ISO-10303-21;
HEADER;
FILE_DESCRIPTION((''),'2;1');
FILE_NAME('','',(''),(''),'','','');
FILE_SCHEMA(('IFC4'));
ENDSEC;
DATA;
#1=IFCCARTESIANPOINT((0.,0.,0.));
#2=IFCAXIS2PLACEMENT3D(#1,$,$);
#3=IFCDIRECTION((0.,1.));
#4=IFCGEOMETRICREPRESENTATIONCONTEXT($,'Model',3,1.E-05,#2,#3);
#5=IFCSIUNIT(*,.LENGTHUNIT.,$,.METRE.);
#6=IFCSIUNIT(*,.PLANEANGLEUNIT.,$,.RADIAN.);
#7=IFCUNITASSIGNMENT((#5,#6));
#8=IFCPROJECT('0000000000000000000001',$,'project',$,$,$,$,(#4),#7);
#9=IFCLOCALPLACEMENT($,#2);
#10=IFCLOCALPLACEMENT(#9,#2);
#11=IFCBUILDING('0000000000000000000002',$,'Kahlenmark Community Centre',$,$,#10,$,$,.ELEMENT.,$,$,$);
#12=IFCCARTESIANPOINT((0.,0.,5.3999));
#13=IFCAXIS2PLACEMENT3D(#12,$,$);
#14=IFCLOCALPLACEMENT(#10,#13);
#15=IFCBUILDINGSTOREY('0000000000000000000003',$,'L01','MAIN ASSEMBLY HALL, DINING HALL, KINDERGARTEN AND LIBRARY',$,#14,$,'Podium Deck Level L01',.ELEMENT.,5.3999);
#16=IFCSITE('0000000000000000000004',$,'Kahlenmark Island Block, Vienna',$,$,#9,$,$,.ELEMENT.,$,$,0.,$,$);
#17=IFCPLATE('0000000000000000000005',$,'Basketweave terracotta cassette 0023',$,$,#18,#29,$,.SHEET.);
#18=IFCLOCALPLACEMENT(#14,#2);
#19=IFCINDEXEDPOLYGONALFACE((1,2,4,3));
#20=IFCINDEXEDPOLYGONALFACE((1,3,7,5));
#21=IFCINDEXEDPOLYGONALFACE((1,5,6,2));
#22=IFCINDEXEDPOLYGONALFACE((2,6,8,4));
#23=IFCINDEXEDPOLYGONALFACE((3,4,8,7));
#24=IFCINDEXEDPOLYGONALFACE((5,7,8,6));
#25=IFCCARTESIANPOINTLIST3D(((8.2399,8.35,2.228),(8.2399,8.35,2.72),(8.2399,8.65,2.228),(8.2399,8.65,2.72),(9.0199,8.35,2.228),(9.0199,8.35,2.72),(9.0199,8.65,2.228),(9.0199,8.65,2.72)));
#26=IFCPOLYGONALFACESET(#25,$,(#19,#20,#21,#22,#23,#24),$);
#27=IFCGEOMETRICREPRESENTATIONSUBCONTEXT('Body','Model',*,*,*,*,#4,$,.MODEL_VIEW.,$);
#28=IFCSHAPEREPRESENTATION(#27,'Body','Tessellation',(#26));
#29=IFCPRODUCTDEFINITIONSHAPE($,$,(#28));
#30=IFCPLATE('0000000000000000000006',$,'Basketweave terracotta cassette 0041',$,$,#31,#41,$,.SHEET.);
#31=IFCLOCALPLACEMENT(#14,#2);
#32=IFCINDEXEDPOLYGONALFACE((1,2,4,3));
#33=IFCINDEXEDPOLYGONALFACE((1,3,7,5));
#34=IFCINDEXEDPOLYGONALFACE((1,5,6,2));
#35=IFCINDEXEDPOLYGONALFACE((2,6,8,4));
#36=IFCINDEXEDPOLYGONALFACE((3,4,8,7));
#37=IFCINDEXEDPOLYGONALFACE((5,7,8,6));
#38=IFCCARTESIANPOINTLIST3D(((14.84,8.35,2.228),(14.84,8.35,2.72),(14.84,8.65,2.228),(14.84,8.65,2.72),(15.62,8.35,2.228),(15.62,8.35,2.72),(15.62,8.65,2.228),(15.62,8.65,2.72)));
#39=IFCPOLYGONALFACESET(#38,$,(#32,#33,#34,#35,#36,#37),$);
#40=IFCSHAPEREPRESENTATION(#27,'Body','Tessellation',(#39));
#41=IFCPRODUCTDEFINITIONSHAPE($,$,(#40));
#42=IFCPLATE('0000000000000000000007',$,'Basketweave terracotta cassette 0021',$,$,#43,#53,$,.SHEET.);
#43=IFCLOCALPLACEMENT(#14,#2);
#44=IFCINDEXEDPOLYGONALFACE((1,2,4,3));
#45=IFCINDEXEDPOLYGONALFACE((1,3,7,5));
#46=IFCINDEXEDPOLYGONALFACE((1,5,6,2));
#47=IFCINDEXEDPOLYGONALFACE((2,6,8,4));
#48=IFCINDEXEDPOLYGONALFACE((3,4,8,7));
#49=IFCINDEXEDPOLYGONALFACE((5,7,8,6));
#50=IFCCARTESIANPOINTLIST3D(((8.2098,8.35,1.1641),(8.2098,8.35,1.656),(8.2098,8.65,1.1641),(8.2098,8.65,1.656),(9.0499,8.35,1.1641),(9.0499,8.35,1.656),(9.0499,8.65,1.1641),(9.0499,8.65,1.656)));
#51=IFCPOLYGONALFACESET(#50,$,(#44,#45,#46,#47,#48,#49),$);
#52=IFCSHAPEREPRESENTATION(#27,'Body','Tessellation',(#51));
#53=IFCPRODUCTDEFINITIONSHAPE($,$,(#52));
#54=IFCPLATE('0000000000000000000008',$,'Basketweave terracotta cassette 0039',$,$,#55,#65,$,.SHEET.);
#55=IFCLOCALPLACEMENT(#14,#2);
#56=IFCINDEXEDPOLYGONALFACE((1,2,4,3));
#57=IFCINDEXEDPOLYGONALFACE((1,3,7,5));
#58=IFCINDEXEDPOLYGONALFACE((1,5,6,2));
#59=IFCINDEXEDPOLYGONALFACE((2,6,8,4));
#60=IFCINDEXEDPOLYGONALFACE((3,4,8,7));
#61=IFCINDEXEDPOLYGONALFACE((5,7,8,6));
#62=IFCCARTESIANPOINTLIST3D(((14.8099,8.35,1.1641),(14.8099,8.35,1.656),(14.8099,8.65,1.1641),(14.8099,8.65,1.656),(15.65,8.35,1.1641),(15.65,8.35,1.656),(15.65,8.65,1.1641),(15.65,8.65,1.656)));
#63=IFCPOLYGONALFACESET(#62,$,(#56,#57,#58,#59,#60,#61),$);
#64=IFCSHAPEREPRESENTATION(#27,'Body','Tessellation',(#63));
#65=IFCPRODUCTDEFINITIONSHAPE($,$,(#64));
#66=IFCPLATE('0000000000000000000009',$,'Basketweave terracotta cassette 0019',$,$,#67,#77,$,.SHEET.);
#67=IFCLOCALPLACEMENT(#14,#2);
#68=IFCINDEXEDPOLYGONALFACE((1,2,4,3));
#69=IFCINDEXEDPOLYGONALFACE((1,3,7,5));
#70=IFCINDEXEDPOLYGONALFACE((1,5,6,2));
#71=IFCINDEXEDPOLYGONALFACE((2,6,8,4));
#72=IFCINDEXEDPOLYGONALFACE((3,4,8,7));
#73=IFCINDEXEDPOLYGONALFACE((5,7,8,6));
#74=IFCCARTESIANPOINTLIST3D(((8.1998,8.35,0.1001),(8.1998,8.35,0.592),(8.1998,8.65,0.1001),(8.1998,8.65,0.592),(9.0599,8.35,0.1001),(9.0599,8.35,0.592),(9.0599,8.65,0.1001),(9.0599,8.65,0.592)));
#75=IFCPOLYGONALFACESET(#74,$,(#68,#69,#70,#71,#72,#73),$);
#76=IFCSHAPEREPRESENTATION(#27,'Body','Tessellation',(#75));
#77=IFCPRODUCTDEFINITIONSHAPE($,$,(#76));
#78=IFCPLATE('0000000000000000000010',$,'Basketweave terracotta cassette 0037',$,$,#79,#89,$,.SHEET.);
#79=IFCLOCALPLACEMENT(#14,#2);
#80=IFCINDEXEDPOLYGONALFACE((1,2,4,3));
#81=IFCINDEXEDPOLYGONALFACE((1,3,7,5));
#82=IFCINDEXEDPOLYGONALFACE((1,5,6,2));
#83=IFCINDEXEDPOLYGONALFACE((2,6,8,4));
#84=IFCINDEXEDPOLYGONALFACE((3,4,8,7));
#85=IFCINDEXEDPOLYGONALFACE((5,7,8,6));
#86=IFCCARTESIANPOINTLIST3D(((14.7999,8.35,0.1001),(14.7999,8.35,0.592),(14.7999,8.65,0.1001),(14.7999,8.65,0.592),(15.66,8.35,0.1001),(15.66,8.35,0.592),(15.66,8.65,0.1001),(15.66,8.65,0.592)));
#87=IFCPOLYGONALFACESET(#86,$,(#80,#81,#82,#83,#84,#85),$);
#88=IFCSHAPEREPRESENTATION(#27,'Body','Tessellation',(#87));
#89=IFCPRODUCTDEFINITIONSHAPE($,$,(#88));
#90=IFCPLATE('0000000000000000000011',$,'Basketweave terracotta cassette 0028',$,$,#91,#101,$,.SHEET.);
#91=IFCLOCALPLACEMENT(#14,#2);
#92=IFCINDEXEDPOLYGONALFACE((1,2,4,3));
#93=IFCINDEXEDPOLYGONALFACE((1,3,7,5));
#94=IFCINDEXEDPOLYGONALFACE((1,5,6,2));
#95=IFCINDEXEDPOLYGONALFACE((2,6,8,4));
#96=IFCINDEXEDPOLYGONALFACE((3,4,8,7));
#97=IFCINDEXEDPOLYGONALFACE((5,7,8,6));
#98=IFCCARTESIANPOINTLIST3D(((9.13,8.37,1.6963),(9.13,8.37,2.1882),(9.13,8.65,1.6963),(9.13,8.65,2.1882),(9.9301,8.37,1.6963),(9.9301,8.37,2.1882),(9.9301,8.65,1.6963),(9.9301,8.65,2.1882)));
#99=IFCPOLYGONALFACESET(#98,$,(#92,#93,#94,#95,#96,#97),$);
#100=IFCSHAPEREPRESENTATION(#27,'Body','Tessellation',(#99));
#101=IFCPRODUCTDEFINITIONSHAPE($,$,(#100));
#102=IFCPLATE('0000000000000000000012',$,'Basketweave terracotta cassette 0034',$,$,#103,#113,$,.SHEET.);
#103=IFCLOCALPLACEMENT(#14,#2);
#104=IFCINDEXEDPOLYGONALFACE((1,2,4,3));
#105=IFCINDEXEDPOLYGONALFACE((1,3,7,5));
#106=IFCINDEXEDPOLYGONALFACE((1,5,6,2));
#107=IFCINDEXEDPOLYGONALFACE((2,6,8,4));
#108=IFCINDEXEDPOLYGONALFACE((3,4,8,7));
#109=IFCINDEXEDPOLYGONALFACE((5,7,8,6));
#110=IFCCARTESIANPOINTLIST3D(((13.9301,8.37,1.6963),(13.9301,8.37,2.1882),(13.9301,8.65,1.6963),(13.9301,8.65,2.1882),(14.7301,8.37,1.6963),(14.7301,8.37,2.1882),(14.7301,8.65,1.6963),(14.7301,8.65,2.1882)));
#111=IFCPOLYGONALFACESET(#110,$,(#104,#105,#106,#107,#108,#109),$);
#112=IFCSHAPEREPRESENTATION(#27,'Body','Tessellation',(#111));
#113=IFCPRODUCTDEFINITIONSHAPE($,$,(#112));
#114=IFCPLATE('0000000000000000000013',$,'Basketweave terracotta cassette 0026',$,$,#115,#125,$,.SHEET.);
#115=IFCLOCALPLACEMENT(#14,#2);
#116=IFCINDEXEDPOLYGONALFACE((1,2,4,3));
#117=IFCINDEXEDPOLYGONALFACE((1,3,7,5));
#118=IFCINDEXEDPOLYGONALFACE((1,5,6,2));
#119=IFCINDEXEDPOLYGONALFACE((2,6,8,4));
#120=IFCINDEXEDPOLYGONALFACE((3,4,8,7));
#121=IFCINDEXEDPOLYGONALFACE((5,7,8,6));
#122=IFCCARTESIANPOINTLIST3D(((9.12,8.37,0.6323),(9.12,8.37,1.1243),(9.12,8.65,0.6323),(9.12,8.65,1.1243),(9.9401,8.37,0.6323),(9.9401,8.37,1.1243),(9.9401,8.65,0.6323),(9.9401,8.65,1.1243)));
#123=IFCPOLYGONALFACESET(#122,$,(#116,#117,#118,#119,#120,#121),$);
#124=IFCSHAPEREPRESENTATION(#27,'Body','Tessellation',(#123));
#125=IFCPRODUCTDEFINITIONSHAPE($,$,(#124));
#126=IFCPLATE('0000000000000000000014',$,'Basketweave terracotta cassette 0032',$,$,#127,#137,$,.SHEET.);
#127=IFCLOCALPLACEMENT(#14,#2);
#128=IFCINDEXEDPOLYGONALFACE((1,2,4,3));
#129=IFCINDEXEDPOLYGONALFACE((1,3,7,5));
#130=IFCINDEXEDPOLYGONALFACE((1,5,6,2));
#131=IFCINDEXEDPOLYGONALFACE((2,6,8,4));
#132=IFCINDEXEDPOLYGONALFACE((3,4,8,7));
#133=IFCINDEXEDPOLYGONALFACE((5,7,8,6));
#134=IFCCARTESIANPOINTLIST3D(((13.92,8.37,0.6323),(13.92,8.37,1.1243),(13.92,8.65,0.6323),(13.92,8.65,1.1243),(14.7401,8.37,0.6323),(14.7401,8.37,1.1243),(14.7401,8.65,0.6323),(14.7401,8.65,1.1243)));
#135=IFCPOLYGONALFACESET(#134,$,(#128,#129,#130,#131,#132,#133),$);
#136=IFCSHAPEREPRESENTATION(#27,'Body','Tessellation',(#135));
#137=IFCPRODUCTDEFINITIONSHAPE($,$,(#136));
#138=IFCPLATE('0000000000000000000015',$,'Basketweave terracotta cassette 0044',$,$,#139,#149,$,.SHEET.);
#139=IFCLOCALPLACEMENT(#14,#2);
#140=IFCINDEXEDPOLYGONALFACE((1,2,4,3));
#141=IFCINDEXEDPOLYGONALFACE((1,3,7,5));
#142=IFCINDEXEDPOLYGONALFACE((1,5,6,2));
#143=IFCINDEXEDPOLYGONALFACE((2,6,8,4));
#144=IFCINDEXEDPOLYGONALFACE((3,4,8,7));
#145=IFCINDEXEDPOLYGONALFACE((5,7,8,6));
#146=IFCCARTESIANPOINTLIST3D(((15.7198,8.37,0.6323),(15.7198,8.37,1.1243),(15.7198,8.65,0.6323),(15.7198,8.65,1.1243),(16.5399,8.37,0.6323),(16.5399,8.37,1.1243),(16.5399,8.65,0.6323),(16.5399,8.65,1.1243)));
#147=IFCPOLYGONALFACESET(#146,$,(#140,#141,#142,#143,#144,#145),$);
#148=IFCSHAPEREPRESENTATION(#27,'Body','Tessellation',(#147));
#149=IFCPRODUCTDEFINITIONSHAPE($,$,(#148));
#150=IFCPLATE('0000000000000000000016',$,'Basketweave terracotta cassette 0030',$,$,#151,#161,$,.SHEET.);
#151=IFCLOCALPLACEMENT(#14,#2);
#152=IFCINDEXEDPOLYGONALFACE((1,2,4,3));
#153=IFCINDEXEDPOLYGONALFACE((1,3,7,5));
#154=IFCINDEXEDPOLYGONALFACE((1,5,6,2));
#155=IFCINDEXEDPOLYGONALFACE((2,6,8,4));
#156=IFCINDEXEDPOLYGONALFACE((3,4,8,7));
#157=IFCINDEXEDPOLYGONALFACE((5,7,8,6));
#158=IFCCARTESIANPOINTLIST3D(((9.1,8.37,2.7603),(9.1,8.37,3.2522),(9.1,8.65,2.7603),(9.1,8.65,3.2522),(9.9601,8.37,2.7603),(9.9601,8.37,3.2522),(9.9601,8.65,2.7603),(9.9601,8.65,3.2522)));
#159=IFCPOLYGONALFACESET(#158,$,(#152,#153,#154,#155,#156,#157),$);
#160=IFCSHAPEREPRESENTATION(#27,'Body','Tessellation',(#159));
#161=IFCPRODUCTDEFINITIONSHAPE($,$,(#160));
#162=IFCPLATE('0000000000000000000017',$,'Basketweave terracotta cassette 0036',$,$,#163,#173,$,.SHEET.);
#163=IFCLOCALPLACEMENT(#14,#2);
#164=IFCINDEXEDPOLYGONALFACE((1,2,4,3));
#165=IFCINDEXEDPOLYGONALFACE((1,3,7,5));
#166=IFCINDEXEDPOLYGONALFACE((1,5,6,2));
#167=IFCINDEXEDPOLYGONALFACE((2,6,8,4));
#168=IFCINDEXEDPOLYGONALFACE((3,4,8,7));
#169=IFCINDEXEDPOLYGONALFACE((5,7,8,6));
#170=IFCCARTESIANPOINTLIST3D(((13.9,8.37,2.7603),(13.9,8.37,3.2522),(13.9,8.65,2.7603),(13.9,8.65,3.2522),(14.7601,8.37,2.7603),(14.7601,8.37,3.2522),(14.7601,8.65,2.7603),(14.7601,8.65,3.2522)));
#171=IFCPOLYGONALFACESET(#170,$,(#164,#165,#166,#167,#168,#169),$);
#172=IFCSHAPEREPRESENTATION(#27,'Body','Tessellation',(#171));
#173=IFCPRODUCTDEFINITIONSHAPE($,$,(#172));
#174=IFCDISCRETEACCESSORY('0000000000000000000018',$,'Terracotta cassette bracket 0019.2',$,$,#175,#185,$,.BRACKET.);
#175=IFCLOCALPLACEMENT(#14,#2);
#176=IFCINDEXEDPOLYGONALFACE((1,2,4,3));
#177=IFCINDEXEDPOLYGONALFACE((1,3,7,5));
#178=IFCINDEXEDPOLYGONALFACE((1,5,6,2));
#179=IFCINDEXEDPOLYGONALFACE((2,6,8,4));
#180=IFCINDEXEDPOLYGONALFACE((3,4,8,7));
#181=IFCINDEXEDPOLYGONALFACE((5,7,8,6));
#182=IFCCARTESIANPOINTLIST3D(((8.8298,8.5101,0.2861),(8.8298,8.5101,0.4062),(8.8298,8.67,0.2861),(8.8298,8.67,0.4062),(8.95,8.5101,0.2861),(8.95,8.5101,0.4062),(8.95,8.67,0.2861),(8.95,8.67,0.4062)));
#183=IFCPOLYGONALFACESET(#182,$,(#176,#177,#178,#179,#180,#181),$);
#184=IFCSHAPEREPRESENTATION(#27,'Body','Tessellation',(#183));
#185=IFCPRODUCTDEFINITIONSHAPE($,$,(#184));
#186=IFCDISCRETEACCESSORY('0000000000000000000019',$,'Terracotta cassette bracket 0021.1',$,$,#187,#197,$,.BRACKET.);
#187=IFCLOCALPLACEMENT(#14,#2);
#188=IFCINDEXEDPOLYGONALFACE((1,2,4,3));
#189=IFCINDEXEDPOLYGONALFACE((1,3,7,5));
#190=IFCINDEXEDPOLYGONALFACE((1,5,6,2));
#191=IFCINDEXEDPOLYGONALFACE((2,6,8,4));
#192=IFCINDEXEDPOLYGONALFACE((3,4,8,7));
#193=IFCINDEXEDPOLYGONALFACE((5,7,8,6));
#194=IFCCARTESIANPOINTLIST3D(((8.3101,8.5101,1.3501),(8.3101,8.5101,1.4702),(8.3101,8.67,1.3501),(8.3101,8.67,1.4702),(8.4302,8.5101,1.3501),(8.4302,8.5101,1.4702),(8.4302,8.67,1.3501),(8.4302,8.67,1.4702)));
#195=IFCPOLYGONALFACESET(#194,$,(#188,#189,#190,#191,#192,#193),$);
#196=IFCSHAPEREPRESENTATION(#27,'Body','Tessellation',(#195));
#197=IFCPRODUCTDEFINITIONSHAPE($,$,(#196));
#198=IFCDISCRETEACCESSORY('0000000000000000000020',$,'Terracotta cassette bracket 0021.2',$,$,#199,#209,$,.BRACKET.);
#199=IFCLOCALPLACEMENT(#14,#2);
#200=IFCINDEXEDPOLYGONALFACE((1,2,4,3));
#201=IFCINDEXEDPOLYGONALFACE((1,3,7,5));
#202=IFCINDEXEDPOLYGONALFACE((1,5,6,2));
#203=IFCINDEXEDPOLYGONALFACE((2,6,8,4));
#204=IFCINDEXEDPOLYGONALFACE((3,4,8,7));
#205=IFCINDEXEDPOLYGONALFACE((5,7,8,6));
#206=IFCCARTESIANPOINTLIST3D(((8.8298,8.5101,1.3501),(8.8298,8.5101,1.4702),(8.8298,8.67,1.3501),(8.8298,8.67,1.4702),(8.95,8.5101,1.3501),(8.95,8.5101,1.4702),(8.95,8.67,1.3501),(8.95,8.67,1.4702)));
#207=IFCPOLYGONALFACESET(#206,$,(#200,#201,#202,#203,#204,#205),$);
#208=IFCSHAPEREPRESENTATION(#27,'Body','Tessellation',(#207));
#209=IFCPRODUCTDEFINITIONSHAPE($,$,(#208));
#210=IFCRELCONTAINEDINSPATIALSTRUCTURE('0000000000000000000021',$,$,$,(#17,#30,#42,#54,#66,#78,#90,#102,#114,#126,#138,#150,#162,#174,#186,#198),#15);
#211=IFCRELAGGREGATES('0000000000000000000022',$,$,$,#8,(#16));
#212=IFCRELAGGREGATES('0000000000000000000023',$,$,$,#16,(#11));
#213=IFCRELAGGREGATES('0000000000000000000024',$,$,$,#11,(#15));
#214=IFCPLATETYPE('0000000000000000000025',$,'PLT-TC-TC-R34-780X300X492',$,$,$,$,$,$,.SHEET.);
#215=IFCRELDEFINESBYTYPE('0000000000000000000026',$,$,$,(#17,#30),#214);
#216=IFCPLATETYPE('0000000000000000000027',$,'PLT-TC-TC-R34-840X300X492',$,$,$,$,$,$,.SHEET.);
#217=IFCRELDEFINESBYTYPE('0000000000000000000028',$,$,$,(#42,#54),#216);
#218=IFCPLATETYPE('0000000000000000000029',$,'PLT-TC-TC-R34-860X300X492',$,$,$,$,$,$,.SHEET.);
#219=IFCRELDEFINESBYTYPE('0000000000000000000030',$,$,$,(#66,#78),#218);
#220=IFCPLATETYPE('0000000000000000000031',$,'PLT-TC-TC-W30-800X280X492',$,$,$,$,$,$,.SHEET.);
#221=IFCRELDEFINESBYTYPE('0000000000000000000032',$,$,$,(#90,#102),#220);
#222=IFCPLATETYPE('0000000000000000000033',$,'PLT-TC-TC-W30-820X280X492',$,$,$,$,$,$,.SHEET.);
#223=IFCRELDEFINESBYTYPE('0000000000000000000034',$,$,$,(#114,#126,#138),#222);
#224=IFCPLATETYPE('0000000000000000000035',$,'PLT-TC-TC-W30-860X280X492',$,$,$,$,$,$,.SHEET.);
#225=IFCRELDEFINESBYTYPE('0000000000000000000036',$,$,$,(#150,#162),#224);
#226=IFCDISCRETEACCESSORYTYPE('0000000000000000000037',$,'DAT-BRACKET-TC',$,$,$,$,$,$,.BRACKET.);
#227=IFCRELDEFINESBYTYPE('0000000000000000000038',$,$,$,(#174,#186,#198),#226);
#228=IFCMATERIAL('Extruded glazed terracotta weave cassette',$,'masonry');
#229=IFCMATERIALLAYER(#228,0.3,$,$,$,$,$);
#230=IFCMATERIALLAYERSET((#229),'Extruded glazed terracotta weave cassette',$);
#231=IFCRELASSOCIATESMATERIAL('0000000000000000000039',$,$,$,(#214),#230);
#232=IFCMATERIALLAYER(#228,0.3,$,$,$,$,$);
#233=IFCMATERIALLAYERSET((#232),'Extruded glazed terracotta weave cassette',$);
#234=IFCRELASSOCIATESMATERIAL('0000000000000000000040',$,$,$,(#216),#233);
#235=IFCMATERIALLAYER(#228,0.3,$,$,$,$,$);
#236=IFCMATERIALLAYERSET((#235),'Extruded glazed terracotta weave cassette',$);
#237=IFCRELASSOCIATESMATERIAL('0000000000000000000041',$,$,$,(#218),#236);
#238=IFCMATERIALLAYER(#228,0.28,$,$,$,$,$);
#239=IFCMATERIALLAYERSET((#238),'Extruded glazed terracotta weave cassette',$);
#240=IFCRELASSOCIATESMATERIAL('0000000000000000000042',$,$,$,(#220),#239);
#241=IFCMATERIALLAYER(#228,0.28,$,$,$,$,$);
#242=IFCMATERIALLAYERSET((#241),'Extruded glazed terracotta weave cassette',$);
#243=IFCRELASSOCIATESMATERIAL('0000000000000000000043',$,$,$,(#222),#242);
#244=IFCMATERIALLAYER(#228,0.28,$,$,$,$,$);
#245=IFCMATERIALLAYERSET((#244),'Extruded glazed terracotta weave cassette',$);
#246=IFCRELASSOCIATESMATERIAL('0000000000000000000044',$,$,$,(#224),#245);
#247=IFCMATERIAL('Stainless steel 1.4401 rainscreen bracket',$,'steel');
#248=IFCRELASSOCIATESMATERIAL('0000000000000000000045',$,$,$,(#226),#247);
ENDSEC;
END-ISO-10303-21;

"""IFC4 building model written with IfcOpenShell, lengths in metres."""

from ifc_helpers import new_model, si_unit, direction, frame, origin, origin_2d, place, context, subcontext, project, spatial, rectangle, extrude, material, layer, layer_set, type_object, element, save


model = new_model("IFC4")

# Units and contexts
model_context = context("Model", 3, precision=1e-05, world=origin(), true_north=direction((0.0, 1.0)))
body_context = subcontext(model_context, "Body", "Model", "MODEL_VIEW")
ifc_project = project(units=[si_unit("LENGTHUNIT", "METRE"), si_unit("PLANEANGLEUNIT", "RADIAN")], contexts=[model_context])

# Site, building, storey
site_placement = place(None, origin())
site = spatial("IfcSite", under=ifc_project, at=site_placement, Name="Kahlenmark Island Block, Vienna", CompositionType="ELEMENT", RefElevation=0.0)
building_placement = place(site_placement, origin())
building = spatial("IfcBuilding", under=site, at=building_placement, Name="Kahlenmark Community Centre", CompositionType="ELEMENT")
storey_placement = place(building_placement, frame((0.0, 0.0, 5.3999)))
storey = spatial("IfcBuildingStorey", under=building, at=storey_placement, Name="L01", Description="MAIN ASSEMBLY HALL, DINING HALL, KINDERGARTEN AND LIBRARY", LongName="Podium Deck Level L01", CompositionType="ELEMENT", Elevation=5.3999)

# Plates
ifc_material_1 = material(Name="Extruded glazed terracotta weave cassette", Category="masonry")
ifc_layer_1 = layer(ifc_material_1, 0.3)
ifc_layer_set_1 = layer_set([ifc_layer_1], Name="Extruded glazed terracotta weave cassette")
plate_type_1 = type_object("IfcPlateType", Name="PLT-TC-TC-R34-780X300X492", PredefinedType="SHEET", material=ifc_layer_set_1)
for number, where, z_axis, x_axis, name in (
    (1, (8.6299, 8.5, 2.228), (0.0, 0.0, 1.0), (1.0, 0.0, 0.0), "Basketweave terracotta cassette 0023"),
    (2, (15.23, 8.5, 2.228), (0.0, 0.0, 1.0), (1.0, 0.0, 0.0), "Basketweave terracotta cassette 0041"),
):
    element("IfcPlate", number, at=place(storey_placement, frame(where, z_axis=z_axis, x_axis=x_axis)), inside=storey, type_object=plate_type_1, Name=name, PredefinedType="SHEET", context=body_context, shape_type="SweptSolid", body=[
        extrude(rectangle(XDim=0.78, YDim=0.3, at=origin_2d()), origin(), (0.0, 0.0, 1.0), 0.4919),
    ])
ifc_layer_2 = layer(ifc_material_1, 0.3)
ifc_layer_set_2 = layer_set([ifc_layer_2], Name="Extruded glazed terracotta weave cassette")
plate_type_2 = type_object("IfcPlateType", Name="PLT-TC-TC-R34-840X300X492", PredefinedType="SHEET", material=ifc_layer_set_2)
for number, where, z_axis, x_axis, name in (
    (3, (8.6299, 8.5, 1.1641), (0.0, 0.0, 1.0), (1.0, 0.0, 0.0), "Basketweave terracotta cassette 0021"),
    (4, (15.23, 8.5, 1.1641), (0.0, 0.0, 1.0), (1.0, 0.0, 0.0), "Basketweave terracotta cassette 0039"),
):
    element("IfcPlate", number, at=place(storey_placement, frame(where, z_axis=z_axis, x_axis=x_axis)), inside=storey, type_object=plate_type_2, Name=name, PredefinedType="SHEET", context=body_context, shape_type="SweptSolid", body=[
        extrude(rectangle(XDim=0.8401, YDim=0.3, at=origin_2d()), origin(), (0.0, 0.0, 1.0), 0.4919),
    ])
ifc_layer_3 = layer(ifc_material_1, 0.3)
ifc_layer_set_3 = layer_set([ifc_layer_3], Name="Extruded glazed terracotta weave cassette")
plate_type_3 = type_object("IfcPlateType", Name="PLT-TC-TC-R34-860X300X492", PredefinedType="SHEET", material=ifc_layer_set_3)
for number, where, z_axis, x_axis, name in (
    (5, (8.6299, 8.5, 0.1001), (0.0, 0.0, 1.0), (1.0, 0.0, 0.0), "Basketweave terracotta cassette 0019"),
    (6, (15.23, 8.5, 0.1001), (0.0, 0.0, 1.0), (1.0, 0.0, 0.0), "Basketweave terracotta cassette 0037"),
):
    element("IfcPlate", number, at=place(storey_placement, frame(where, z_axis=z_axis, x_axis=x_axis)), inside=storey, type_object=plate_type_3, Name=name, PredefinedType="SHEET", context=body_context, shape_type="SweptSolid", body=[
        extrude(rectangle(XDim=0.8601, YDim=0.3, at=origin_2d()), origin(), (0.0, 0.0, 1.0), 0.4919),
    ])
ifc_layer_4 = layer(ifc_material_1, 0.28)
ifc_layer_set_4 = layer_set([ifc_layer_4], Name="Extruded glazed terracotta weave cassette")
plate_type_4 = type_object("IfcPlateType", Name="PLT-TC-TC-W30-800X280X492", PredefinedType="SHEET", material=ifc_layer_set_4)
for number, where, z_axis, x_axis, name in (
    (7, (9.53, 8.51, 1.6963), (0.0, 0.0, 1.0), (1.0, 0.0, 0.0), "Basketweave terracotta cassette 0028"),
    (8, (14.3301, 8.51, 1.6963), (0.0, 0.0, 1.0), (1.0, 0.0, 0.0), "Basketweave terracotta cassette 0034"),
):
    element("IfcPlate", number, at=place(storey_placement, frame(where, z_axis=z_axis, x_axis=x_axis)), inside=storey, type_object=plate_type_4, Name=name, PredefinedType="SHEET", context=body_context, shape_type="SweptSolid", body=[
        extrude(rectangle(XDim=0.8, YDim=0.28, at=origin_2d()), origin(), (0.0, 0.0, 1.0), 0.4919),
    ])
ifc_layer_5 = layer(ifc_material_1, 0.28)
ifc_layer_set_5 = layer_set([ifc_layer_5], Name="Extruded glazed terracotta weave cassette")
plate_type_5 = type_object("IfcPlateType", Name="PLT-TC-TC-W30-820X280X492", PredefinedType="SHEET", material=ifc_layer_set_5)
for number, where, z_axis, x_axis, name in (
    (9, (9.53, 8.51, 0.6323), (0.0, 0.0, 1.0), (1.0, 0.0, 0.0), "Basketweave terracotta cassette 0026"),
    (10, (14.3301, 8.51, 0.6323), (0.0, 0.0, 1.0), (1.0, 0.0, 0.0), "Basketweave terracotta cassette 0032"),
    (11, (16.1299, 8.51, 0.6323), (0.0, 0.0, 1.0), (1.0, 0.0, 0.0), "Basketweave terracotta cassette 0044"),
):
    element("IfcPlate", number, at=place(storey_placement, frame(where, z_axis=z_axis, x_axis=x_axis)), inside=storey, type_object=plate_type_5, Name=name, PredefinedType="SHEET", context=body_context, shape_type="SweptSolid", body=[
        extrude(rectangle(XDim=0.8201, YDim=0.28, at=origin_2d()), origin(), (0.0, 0.0, 1.0), 0.4919),
    ])
ifc_layer_6 = layer(ifc_material_1, 0.28)
ifc_layer_set_6 = layer_set([ifc_layer_6], Name="Extruded glazed terracotta weave cassette")
plate_type_6 = type_object("IfcPlateType", Name="PLT-TC-TC-W30-860X280X492", PredefinedType="SHEET", material=ifc_layer_set_6)
for number, where, z_axis, x_axis, name in (
    (12, (9.53, 8.51, 2.7603), (0.0, 0.0, 1.0), (1.0, 0.0, 0.0), "Basketweave terracotta cassette 0030"),
    (13, (14.3301, 8.51, 2.7603), (0.0, 0.0, 1.0), (1.0, 0.0, 0.0), "Basketweave terracotta cassette 0036"),
):
    element("IfcPlate", number, at=place(storey_placement, frame(where, z_axis=z_axis, x_axis=x_axis)), inside=storey, type_object=plate_type_6, Name=name, PredefinedType="SHEET", context=body_context, shape_type="SweptSolid", body=[
        extrude(rectangle(XDim=0.8601, YDim=0.28, at=origin_2d()), origin(), (0.0, 0.0, 1.0), 0.4919),
    ])

# Discrete accessories
ifc_material_2 = material(Name="Stainless steel 1.4401 rainscreen bracket", Category="steel")
discrete_accessory_type = type_object("IfcDiscreteAccessoryType", Name="DAT-BRACKET-TC", PredefinedType="BRACKET", material=ifc_material_2)
for number, where, z_axis, x_axis, name in (
    (14, (8.8899, 8.5901, 0.2861), (0.0, 0.0, 1.0), (1.0, 0.0, 0.0), "Terracotta cassette bracket 0019.2"),
    (15, (8.3701, 8.5901, 1.3501), (0.0, 0.0, 1.0), (1.0, 0.0, 0.0), "Terracotta cassette bracket 0021.1"),
    (16, (8.8899, 8.5901, 1.3501), (0.0, 0.0, 1.0), (1.0, 0.0, 0.0), "Terracotta cassette bracket 0021.2"),
):
    element("IfcDiscreteAccessory", number, at=place(storey_placement, frame(where, z_axis=z_axis, x_axis=x_axis)), inside=storey, type_object=discrete_accessory_type, Name=name, PredefinedType="BRACKET", context=body_context, shape_type="SweptSolid", body=[
        extrude(rectangle(XDim=0.1201, YDim=0.1599, at=origin_2d()), origin(), (0.0, 0.0, 1.0), 0.1201),
    ])

save(model, "model.ifc")
